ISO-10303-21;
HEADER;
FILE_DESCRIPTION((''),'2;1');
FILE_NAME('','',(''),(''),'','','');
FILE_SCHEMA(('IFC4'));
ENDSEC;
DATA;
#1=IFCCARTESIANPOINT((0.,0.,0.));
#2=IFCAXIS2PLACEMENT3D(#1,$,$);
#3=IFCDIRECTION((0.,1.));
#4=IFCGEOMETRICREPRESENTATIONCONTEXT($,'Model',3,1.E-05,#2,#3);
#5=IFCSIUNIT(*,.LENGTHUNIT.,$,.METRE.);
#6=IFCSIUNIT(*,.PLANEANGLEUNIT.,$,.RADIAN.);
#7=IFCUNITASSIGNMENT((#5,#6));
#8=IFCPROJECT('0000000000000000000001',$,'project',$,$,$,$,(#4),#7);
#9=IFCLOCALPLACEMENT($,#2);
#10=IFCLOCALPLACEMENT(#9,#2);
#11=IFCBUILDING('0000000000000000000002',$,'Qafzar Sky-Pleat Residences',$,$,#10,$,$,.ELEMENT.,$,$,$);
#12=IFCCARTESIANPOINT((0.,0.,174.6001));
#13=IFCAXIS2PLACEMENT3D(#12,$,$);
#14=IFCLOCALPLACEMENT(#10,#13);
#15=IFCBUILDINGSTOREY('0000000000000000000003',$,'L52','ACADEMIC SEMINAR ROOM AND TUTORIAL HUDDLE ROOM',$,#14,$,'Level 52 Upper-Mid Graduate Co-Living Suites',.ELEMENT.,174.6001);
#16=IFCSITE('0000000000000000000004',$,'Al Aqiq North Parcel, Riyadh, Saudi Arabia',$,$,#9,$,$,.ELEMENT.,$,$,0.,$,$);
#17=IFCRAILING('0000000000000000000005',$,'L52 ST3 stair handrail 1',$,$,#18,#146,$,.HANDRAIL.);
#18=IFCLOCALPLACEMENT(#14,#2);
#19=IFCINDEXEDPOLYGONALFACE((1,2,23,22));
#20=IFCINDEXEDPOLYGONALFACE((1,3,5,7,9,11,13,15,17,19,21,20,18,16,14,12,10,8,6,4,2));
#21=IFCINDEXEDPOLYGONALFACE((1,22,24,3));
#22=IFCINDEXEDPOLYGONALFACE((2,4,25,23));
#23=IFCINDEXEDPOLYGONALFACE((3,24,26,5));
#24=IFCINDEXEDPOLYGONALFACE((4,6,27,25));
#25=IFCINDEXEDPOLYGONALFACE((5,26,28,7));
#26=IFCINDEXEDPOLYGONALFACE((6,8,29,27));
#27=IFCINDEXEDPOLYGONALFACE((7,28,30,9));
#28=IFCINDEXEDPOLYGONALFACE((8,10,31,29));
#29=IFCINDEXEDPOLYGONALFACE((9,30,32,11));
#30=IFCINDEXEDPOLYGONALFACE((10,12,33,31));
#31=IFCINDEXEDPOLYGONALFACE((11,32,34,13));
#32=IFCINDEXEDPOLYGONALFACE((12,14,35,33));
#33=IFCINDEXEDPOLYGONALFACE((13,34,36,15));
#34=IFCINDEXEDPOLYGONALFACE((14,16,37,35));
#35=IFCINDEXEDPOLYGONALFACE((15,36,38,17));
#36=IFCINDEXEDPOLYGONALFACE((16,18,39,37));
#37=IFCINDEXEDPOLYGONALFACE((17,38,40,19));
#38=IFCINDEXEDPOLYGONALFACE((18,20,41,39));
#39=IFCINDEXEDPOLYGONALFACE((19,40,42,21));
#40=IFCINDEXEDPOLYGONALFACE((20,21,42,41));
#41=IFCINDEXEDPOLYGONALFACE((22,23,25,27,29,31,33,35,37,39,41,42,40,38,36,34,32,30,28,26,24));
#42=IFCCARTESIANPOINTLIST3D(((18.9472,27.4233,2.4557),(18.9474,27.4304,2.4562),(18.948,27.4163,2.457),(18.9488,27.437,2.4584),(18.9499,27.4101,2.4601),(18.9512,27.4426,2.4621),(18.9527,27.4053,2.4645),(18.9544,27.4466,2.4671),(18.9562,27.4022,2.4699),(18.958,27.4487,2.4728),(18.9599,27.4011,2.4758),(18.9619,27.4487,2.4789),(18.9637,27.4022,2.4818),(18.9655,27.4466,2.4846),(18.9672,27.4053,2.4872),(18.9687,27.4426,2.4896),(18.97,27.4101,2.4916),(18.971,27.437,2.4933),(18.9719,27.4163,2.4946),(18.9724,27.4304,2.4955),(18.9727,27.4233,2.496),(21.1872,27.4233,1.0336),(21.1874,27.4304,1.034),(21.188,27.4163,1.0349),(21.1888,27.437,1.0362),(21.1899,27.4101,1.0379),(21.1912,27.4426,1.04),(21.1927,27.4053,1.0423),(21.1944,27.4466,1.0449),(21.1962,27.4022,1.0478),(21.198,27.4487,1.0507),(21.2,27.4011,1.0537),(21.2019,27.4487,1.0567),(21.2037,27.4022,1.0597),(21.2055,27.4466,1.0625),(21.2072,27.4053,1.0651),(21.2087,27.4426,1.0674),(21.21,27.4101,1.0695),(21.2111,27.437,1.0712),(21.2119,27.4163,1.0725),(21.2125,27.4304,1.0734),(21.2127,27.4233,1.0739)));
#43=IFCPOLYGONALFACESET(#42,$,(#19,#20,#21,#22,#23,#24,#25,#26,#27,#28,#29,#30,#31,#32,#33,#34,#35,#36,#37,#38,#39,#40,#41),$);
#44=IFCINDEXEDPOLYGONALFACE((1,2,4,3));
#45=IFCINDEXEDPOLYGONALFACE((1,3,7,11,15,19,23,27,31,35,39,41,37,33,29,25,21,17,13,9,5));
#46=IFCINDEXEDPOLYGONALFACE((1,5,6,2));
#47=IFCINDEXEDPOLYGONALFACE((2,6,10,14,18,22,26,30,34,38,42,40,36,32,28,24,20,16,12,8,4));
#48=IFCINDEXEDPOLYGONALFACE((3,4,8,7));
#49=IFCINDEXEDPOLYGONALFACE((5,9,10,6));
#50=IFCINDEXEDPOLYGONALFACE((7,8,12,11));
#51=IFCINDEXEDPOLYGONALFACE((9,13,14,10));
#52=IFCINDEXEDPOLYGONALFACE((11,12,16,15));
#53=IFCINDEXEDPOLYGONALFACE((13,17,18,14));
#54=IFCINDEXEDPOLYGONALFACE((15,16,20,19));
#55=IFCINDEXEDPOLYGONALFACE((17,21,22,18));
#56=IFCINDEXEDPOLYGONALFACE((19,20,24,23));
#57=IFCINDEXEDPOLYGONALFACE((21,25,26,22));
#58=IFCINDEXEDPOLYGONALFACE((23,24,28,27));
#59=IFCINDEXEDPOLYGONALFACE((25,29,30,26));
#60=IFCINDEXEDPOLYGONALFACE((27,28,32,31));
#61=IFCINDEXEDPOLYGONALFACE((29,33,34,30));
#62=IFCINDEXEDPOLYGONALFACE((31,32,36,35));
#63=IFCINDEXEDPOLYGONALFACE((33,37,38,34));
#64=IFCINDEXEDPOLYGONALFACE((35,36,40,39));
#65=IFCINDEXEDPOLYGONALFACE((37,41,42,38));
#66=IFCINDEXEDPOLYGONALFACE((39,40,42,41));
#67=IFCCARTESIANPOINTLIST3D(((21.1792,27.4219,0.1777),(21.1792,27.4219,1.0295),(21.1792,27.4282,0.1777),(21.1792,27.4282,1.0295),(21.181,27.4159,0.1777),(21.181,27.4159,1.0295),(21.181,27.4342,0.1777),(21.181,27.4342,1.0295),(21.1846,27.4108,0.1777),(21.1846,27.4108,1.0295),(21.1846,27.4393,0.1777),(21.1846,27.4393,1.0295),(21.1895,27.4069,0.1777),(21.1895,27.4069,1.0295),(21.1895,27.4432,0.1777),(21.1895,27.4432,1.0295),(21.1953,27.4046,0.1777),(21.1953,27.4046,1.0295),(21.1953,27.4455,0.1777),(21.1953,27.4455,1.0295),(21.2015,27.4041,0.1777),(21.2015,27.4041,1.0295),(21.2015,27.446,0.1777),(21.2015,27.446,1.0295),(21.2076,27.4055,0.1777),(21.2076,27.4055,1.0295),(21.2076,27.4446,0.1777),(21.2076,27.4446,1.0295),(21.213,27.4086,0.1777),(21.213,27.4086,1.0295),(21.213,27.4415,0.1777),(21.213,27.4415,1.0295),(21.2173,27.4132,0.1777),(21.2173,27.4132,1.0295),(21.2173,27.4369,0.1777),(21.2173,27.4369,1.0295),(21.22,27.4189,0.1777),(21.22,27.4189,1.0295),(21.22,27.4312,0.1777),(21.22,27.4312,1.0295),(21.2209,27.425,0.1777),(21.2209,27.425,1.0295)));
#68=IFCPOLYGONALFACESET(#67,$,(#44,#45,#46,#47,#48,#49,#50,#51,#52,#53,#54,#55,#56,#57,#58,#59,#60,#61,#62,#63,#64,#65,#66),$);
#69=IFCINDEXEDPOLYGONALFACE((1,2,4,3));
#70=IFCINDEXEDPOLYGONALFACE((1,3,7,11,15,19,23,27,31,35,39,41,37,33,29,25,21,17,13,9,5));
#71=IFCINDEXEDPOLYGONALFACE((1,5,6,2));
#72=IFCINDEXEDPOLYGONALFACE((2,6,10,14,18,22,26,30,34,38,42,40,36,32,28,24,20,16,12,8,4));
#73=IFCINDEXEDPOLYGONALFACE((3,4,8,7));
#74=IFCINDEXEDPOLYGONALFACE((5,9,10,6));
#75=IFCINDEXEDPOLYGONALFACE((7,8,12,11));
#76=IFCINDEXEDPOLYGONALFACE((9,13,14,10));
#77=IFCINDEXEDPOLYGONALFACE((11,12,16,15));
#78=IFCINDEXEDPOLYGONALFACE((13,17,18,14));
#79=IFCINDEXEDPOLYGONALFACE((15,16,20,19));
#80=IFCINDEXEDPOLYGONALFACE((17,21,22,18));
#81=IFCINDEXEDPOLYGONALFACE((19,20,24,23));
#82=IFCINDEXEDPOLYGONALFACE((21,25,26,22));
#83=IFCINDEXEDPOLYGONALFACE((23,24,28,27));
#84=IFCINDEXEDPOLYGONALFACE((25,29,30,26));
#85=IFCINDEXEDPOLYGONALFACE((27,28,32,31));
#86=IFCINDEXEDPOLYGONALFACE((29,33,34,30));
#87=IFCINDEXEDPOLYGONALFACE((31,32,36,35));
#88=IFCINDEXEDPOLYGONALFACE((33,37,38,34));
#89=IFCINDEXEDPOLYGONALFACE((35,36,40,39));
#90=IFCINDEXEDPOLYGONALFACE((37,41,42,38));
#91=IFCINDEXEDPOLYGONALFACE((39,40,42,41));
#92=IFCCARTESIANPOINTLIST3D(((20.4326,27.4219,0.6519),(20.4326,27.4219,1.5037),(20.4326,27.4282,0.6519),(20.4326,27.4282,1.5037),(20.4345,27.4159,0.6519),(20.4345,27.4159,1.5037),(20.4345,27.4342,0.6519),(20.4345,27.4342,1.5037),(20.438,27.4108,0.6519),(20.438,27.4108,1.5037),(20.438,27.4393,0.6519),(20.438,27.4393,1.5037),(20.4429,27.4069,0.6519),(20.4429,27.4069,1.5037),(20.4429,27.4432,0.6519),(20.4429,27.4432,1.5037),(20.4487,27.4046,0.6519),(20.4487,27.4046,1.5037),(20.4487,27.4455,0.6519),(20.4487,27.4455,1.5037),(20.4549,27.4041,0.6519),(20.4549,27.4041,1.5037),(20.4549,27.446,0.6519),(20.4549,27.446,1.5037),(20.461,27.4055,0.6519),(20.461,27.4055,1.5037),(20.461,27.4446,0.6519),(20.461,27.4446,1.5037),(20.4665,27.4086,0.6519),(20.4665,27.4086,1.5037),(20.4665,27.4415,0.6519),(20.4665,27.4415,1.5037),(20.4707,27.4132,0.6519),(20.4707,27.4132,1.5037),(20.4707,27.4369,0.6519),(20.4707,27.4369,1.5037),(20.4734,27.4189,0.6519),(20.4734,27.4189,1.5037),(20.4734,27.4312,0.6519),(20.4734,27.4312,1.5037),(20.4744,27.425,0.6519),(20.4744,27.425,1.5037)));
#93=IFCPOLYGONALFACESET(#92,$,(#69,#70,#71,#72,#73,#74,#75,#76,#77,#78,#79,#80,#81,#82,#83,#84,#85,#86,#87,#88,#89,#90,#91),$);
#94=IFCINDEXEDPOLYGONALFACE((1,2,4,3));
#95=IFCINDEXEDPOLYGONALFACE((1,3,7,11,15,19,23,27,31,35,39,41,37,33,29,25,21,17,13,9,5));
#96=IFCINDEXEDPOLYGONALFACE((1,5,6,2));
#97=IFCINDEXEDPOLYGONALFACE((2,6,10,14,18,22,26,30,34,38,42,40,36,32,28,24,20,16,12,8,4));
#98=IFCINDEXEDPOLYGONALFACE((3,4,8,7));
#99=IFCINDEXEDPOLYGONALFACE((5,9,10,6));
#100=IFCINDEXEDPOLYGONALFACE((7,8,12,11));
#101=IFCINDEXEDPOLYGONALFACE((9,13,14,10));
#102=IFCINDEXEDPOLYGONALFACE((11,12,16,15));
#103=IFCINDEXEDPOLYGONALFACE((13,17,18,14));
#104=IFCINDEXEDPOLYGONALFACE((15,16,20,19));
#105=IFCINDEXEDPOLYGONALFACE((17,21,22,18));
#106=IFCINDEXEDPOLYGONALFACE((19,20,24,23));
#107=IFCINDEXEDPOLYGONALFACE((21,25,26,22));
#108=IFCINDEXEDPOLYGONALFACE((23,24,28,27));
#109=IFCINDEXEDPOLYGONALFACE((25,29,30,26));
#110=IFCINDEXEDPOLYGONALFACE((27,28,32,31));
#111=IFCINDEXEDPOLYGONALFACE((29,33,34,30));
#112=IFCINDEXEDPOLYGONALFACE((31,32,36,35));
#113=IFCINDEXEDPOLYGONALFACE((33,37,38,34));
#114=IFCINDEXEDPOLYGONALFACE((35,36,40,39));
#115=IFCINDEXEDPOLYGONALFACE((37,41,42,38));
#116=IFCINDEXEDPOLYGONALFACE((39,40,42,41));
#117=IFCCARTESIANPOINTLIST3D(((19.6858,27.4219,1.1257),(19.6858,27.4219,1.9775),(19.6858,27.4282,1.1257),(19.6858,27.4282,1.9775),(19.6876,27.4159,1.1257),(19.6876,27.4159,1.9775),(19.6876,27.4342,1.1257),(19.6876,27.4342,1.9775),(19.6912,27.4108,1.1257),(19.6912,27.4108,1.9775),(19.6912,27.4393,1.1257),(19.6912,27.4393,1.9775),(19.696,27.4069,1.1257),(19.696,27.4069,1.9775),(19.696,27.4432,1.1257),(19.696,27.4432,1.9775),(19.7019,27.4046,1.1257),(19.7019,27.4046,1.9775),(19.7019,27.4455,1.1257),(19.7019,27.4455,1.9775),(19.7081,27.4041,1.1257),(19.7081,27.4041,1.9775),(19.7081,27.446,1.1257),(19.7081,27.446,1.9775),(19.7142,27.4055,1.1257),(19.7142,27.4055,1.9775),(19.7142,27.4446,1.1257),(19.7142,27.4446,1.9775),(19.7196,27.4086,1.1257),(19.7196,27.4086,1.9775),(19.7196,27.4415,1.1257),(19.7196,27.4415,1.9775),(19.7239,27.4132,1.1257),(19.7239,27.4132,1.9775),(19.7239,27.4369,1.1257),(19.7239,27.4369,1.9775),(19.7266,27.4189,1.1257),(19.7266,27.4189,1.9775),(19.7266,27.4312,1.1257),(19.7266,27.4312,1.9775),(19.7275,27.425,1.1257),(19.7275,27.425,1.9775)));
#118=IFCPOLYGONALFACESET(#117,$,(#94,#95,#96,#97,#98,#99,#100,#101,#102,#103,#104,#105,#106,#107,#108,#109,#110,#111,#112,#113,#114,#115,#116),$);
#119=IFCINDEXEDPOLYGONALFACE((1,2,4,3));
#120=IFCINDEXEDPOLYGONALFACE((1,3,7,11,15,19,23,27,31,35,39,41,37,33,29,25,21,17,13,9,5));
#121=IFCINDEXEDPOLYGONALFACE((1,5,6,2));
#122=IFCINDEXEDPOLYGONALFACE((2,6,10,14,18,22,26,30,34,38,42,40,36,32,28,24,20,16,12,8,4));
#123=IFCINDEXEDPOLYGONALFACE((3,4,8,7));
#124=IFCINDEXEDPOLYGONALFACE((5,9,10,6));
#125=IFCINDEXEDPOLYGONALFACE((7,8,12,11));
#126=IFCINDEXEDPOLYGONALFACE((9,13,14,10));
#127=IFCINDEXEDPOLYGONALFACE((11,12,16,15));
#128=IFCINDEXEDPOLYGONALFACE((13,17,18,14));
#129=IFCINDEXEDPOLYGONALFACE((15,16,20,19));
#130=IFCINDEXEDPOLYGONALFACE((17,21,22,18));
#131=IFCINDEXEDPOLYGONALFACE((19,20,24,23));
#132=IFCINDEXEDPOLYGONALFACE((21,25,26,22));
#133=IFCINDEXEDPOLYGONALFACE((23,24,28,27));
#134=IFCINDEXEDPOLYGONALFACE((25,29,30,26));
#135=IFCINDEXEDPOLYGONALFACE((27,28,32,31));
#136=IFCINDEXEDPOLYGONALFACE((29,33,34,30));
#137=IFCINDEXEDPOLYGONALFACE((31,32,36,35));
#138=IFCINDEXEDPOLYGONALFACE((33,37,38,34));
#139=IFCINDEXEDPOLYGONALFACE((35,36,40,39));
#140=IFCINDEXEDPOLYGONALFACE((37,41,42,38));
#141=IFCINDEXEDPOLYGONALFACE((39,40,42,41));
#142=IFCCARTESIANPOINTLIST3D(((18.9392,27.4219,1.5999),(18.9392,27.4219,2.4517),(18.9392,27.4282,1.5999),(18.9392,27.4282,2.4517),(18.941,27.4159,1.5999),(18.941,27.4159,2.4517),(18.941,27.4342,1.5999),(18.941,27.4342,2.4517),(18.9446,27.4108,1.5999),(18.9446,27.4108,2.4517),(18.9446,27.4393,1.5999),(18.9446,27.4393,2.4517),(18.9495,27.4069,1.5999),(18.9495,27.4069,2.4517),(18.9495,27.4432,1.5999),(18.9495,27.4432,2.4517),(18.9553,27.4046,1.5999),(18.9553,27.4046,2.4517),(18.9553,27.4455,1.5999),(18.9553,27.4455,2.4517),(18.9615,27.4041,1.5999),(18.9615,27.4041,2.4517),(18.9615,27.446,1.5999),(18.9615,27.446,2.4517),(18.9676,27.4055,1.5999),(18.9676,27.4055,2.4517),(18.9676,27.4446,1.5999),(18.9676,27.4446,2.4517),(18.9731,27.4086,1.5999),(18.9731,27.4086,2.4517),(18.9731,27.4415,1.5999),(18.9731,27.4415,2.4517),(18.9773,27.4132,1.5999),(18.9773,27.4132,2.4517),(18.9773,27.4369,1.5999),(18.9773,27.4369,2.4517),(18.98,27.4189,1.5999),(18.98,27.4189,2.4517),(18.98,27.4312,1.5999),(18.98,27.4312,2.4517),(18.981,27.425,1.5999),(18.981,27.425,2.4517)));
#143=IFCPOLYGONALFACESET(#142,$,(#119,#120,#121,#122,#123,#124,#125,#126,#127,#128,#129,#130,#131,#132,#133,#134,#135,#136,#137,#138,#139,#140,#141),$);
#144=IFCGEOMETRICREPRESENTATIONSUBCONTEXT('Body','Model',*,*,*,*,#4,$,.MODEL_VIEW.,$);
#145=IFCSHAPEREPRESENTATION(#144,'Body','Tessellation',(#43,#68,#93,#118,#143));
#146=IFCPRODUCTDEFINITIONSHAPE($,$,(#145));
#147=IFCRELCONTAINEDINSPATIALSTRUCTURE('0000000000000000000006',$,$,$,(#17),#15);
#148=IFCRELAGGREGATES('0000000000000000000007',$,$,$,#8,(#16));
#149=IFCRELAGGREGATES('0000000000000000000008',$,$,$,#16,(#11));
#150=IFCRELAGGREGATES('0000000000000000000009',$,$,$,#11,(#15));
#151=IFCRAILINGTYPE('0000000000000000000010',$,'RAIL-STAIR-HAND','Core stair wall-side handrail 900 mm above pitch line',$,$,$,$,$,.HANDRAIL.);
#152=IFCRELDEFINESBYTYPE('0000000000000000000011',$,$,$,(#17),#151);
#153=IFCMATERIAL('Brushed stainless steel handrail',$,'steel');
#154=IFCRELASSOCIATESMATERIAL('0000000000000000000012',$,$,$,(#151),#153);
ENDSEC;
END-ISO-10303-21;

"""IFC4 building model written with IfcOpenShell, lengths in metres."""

from ifc_helpers import new_model, si_unit, direction, frame, origin, origin_2d, place, context, subcontext, project, spatial, circle, extrude, source, transform, mapped, material, type_object, element, save


model = new_model("IFC4")

# Units and contexts
model_context = context("Model", 3, precision=1e-05, world=origin(), true_north=direction((0.0, 1.0)))
body_context = subcontext(model_context, "Body", "Model", "MODEL_VIEW")
ifc_project = project(units=[si_unit("LENGTHUNIT", "METRE"), si_unit("PLANEANGLEUNIT", "RADIAN")], contexts=[model_context])

# Site, building, storey
site_placement = place(None, origin())
site = spatial("IfcSite", under=ifc_project, at=site_placement, Name="Al Aqiq North Parcel, Riyadh, Saudi Arabia", CompositionType="ELEMENT", RefElevation=0.0)
building_placement = place(site_placement, origin())
building = spatial("IfcBuilding", under=site, at=building_placement, Name="Qafzar Sky-Pleat Residences", CompositionType="ELEMENT")
storey_placement = place(building_placement, frame((0.0, 0.0, 174.6001)))
storey = spatial("IfcBuildingStorey", under=building, at=storey_placement, Name="L52", Description="ACADEMIC SEMINAR ROOM AND TUTORIAL HUDDLE ROOM", LongName="Level 52 Upper-Mid Graduate Co-Living Suites", CompositionType="ELEMENT", Elevation=174.6001)

# Railing
ifc_material_1 = material(Name="Brushed stainless steel handrail", Category="steel")
railing_type = type_object("IfcRailingType", Name="RAIL-STAIR-HAND", Description="Core stair wall-side handrail 900 mm above pitch line", PredefinedType="HANDRAIL", material=ifc_material_1)
shared_shape_1 = source(origin(), body_context, "Body", "SweptSolid", [
    extrude(circle(Radius=0.0239, at=origin_2d()), frame((0.0, 0.0, 0.876), z_axis=(-0.844229, 0.0, 0.535982), x_axis=(0.0, -1.0, 0.0)), (0.0, 0.0, 1.0), 2.6533),
    extrude(circle(Radius=0.021, at=origin_2d()), origin(), (0.0, 0.0, 1.0), 0.8518),
    extrude(circle(Radius=0.021, at=origin_2d()), frame((-0.7466, 0.0, 0.4741)), (0.0, 0.0, 1.0), 0.8518),
    extrude(circle(Radius=0.021, at=origin_2d()), frame((-1.4934, 0.0, 0.948)), (0.0, 0.0, 1.0), 0.8518),
    extrude(circle(Radius=0.021, at=origin_2d()), frame((-2.24, 0.0, 1.4221)), (0.0, 0.0, 1.0), 0.8518),
])
railing_placement = place(storey_placement, frame((21.2, 27.425, 0.1777)))
element("IfcRailing", 1, at=railing_placement, inside=storey, type_object=railing_type, Name="L52 ST3 stair handrail 1", PredefinedType="HANDRAIL", context=body_context, shape_type="MappedRepresentation", body=[
    mapped(shared_shape_1, transform((0.0, 0.0, 0.0), x_axis=(1.0, 0.0, 0.0), y_axis=(0.0, 1.0, 0.0), z_axis=(0.0, 0.0, 1.0), scale=1.0)),
])

save(model, "model.ifc")
